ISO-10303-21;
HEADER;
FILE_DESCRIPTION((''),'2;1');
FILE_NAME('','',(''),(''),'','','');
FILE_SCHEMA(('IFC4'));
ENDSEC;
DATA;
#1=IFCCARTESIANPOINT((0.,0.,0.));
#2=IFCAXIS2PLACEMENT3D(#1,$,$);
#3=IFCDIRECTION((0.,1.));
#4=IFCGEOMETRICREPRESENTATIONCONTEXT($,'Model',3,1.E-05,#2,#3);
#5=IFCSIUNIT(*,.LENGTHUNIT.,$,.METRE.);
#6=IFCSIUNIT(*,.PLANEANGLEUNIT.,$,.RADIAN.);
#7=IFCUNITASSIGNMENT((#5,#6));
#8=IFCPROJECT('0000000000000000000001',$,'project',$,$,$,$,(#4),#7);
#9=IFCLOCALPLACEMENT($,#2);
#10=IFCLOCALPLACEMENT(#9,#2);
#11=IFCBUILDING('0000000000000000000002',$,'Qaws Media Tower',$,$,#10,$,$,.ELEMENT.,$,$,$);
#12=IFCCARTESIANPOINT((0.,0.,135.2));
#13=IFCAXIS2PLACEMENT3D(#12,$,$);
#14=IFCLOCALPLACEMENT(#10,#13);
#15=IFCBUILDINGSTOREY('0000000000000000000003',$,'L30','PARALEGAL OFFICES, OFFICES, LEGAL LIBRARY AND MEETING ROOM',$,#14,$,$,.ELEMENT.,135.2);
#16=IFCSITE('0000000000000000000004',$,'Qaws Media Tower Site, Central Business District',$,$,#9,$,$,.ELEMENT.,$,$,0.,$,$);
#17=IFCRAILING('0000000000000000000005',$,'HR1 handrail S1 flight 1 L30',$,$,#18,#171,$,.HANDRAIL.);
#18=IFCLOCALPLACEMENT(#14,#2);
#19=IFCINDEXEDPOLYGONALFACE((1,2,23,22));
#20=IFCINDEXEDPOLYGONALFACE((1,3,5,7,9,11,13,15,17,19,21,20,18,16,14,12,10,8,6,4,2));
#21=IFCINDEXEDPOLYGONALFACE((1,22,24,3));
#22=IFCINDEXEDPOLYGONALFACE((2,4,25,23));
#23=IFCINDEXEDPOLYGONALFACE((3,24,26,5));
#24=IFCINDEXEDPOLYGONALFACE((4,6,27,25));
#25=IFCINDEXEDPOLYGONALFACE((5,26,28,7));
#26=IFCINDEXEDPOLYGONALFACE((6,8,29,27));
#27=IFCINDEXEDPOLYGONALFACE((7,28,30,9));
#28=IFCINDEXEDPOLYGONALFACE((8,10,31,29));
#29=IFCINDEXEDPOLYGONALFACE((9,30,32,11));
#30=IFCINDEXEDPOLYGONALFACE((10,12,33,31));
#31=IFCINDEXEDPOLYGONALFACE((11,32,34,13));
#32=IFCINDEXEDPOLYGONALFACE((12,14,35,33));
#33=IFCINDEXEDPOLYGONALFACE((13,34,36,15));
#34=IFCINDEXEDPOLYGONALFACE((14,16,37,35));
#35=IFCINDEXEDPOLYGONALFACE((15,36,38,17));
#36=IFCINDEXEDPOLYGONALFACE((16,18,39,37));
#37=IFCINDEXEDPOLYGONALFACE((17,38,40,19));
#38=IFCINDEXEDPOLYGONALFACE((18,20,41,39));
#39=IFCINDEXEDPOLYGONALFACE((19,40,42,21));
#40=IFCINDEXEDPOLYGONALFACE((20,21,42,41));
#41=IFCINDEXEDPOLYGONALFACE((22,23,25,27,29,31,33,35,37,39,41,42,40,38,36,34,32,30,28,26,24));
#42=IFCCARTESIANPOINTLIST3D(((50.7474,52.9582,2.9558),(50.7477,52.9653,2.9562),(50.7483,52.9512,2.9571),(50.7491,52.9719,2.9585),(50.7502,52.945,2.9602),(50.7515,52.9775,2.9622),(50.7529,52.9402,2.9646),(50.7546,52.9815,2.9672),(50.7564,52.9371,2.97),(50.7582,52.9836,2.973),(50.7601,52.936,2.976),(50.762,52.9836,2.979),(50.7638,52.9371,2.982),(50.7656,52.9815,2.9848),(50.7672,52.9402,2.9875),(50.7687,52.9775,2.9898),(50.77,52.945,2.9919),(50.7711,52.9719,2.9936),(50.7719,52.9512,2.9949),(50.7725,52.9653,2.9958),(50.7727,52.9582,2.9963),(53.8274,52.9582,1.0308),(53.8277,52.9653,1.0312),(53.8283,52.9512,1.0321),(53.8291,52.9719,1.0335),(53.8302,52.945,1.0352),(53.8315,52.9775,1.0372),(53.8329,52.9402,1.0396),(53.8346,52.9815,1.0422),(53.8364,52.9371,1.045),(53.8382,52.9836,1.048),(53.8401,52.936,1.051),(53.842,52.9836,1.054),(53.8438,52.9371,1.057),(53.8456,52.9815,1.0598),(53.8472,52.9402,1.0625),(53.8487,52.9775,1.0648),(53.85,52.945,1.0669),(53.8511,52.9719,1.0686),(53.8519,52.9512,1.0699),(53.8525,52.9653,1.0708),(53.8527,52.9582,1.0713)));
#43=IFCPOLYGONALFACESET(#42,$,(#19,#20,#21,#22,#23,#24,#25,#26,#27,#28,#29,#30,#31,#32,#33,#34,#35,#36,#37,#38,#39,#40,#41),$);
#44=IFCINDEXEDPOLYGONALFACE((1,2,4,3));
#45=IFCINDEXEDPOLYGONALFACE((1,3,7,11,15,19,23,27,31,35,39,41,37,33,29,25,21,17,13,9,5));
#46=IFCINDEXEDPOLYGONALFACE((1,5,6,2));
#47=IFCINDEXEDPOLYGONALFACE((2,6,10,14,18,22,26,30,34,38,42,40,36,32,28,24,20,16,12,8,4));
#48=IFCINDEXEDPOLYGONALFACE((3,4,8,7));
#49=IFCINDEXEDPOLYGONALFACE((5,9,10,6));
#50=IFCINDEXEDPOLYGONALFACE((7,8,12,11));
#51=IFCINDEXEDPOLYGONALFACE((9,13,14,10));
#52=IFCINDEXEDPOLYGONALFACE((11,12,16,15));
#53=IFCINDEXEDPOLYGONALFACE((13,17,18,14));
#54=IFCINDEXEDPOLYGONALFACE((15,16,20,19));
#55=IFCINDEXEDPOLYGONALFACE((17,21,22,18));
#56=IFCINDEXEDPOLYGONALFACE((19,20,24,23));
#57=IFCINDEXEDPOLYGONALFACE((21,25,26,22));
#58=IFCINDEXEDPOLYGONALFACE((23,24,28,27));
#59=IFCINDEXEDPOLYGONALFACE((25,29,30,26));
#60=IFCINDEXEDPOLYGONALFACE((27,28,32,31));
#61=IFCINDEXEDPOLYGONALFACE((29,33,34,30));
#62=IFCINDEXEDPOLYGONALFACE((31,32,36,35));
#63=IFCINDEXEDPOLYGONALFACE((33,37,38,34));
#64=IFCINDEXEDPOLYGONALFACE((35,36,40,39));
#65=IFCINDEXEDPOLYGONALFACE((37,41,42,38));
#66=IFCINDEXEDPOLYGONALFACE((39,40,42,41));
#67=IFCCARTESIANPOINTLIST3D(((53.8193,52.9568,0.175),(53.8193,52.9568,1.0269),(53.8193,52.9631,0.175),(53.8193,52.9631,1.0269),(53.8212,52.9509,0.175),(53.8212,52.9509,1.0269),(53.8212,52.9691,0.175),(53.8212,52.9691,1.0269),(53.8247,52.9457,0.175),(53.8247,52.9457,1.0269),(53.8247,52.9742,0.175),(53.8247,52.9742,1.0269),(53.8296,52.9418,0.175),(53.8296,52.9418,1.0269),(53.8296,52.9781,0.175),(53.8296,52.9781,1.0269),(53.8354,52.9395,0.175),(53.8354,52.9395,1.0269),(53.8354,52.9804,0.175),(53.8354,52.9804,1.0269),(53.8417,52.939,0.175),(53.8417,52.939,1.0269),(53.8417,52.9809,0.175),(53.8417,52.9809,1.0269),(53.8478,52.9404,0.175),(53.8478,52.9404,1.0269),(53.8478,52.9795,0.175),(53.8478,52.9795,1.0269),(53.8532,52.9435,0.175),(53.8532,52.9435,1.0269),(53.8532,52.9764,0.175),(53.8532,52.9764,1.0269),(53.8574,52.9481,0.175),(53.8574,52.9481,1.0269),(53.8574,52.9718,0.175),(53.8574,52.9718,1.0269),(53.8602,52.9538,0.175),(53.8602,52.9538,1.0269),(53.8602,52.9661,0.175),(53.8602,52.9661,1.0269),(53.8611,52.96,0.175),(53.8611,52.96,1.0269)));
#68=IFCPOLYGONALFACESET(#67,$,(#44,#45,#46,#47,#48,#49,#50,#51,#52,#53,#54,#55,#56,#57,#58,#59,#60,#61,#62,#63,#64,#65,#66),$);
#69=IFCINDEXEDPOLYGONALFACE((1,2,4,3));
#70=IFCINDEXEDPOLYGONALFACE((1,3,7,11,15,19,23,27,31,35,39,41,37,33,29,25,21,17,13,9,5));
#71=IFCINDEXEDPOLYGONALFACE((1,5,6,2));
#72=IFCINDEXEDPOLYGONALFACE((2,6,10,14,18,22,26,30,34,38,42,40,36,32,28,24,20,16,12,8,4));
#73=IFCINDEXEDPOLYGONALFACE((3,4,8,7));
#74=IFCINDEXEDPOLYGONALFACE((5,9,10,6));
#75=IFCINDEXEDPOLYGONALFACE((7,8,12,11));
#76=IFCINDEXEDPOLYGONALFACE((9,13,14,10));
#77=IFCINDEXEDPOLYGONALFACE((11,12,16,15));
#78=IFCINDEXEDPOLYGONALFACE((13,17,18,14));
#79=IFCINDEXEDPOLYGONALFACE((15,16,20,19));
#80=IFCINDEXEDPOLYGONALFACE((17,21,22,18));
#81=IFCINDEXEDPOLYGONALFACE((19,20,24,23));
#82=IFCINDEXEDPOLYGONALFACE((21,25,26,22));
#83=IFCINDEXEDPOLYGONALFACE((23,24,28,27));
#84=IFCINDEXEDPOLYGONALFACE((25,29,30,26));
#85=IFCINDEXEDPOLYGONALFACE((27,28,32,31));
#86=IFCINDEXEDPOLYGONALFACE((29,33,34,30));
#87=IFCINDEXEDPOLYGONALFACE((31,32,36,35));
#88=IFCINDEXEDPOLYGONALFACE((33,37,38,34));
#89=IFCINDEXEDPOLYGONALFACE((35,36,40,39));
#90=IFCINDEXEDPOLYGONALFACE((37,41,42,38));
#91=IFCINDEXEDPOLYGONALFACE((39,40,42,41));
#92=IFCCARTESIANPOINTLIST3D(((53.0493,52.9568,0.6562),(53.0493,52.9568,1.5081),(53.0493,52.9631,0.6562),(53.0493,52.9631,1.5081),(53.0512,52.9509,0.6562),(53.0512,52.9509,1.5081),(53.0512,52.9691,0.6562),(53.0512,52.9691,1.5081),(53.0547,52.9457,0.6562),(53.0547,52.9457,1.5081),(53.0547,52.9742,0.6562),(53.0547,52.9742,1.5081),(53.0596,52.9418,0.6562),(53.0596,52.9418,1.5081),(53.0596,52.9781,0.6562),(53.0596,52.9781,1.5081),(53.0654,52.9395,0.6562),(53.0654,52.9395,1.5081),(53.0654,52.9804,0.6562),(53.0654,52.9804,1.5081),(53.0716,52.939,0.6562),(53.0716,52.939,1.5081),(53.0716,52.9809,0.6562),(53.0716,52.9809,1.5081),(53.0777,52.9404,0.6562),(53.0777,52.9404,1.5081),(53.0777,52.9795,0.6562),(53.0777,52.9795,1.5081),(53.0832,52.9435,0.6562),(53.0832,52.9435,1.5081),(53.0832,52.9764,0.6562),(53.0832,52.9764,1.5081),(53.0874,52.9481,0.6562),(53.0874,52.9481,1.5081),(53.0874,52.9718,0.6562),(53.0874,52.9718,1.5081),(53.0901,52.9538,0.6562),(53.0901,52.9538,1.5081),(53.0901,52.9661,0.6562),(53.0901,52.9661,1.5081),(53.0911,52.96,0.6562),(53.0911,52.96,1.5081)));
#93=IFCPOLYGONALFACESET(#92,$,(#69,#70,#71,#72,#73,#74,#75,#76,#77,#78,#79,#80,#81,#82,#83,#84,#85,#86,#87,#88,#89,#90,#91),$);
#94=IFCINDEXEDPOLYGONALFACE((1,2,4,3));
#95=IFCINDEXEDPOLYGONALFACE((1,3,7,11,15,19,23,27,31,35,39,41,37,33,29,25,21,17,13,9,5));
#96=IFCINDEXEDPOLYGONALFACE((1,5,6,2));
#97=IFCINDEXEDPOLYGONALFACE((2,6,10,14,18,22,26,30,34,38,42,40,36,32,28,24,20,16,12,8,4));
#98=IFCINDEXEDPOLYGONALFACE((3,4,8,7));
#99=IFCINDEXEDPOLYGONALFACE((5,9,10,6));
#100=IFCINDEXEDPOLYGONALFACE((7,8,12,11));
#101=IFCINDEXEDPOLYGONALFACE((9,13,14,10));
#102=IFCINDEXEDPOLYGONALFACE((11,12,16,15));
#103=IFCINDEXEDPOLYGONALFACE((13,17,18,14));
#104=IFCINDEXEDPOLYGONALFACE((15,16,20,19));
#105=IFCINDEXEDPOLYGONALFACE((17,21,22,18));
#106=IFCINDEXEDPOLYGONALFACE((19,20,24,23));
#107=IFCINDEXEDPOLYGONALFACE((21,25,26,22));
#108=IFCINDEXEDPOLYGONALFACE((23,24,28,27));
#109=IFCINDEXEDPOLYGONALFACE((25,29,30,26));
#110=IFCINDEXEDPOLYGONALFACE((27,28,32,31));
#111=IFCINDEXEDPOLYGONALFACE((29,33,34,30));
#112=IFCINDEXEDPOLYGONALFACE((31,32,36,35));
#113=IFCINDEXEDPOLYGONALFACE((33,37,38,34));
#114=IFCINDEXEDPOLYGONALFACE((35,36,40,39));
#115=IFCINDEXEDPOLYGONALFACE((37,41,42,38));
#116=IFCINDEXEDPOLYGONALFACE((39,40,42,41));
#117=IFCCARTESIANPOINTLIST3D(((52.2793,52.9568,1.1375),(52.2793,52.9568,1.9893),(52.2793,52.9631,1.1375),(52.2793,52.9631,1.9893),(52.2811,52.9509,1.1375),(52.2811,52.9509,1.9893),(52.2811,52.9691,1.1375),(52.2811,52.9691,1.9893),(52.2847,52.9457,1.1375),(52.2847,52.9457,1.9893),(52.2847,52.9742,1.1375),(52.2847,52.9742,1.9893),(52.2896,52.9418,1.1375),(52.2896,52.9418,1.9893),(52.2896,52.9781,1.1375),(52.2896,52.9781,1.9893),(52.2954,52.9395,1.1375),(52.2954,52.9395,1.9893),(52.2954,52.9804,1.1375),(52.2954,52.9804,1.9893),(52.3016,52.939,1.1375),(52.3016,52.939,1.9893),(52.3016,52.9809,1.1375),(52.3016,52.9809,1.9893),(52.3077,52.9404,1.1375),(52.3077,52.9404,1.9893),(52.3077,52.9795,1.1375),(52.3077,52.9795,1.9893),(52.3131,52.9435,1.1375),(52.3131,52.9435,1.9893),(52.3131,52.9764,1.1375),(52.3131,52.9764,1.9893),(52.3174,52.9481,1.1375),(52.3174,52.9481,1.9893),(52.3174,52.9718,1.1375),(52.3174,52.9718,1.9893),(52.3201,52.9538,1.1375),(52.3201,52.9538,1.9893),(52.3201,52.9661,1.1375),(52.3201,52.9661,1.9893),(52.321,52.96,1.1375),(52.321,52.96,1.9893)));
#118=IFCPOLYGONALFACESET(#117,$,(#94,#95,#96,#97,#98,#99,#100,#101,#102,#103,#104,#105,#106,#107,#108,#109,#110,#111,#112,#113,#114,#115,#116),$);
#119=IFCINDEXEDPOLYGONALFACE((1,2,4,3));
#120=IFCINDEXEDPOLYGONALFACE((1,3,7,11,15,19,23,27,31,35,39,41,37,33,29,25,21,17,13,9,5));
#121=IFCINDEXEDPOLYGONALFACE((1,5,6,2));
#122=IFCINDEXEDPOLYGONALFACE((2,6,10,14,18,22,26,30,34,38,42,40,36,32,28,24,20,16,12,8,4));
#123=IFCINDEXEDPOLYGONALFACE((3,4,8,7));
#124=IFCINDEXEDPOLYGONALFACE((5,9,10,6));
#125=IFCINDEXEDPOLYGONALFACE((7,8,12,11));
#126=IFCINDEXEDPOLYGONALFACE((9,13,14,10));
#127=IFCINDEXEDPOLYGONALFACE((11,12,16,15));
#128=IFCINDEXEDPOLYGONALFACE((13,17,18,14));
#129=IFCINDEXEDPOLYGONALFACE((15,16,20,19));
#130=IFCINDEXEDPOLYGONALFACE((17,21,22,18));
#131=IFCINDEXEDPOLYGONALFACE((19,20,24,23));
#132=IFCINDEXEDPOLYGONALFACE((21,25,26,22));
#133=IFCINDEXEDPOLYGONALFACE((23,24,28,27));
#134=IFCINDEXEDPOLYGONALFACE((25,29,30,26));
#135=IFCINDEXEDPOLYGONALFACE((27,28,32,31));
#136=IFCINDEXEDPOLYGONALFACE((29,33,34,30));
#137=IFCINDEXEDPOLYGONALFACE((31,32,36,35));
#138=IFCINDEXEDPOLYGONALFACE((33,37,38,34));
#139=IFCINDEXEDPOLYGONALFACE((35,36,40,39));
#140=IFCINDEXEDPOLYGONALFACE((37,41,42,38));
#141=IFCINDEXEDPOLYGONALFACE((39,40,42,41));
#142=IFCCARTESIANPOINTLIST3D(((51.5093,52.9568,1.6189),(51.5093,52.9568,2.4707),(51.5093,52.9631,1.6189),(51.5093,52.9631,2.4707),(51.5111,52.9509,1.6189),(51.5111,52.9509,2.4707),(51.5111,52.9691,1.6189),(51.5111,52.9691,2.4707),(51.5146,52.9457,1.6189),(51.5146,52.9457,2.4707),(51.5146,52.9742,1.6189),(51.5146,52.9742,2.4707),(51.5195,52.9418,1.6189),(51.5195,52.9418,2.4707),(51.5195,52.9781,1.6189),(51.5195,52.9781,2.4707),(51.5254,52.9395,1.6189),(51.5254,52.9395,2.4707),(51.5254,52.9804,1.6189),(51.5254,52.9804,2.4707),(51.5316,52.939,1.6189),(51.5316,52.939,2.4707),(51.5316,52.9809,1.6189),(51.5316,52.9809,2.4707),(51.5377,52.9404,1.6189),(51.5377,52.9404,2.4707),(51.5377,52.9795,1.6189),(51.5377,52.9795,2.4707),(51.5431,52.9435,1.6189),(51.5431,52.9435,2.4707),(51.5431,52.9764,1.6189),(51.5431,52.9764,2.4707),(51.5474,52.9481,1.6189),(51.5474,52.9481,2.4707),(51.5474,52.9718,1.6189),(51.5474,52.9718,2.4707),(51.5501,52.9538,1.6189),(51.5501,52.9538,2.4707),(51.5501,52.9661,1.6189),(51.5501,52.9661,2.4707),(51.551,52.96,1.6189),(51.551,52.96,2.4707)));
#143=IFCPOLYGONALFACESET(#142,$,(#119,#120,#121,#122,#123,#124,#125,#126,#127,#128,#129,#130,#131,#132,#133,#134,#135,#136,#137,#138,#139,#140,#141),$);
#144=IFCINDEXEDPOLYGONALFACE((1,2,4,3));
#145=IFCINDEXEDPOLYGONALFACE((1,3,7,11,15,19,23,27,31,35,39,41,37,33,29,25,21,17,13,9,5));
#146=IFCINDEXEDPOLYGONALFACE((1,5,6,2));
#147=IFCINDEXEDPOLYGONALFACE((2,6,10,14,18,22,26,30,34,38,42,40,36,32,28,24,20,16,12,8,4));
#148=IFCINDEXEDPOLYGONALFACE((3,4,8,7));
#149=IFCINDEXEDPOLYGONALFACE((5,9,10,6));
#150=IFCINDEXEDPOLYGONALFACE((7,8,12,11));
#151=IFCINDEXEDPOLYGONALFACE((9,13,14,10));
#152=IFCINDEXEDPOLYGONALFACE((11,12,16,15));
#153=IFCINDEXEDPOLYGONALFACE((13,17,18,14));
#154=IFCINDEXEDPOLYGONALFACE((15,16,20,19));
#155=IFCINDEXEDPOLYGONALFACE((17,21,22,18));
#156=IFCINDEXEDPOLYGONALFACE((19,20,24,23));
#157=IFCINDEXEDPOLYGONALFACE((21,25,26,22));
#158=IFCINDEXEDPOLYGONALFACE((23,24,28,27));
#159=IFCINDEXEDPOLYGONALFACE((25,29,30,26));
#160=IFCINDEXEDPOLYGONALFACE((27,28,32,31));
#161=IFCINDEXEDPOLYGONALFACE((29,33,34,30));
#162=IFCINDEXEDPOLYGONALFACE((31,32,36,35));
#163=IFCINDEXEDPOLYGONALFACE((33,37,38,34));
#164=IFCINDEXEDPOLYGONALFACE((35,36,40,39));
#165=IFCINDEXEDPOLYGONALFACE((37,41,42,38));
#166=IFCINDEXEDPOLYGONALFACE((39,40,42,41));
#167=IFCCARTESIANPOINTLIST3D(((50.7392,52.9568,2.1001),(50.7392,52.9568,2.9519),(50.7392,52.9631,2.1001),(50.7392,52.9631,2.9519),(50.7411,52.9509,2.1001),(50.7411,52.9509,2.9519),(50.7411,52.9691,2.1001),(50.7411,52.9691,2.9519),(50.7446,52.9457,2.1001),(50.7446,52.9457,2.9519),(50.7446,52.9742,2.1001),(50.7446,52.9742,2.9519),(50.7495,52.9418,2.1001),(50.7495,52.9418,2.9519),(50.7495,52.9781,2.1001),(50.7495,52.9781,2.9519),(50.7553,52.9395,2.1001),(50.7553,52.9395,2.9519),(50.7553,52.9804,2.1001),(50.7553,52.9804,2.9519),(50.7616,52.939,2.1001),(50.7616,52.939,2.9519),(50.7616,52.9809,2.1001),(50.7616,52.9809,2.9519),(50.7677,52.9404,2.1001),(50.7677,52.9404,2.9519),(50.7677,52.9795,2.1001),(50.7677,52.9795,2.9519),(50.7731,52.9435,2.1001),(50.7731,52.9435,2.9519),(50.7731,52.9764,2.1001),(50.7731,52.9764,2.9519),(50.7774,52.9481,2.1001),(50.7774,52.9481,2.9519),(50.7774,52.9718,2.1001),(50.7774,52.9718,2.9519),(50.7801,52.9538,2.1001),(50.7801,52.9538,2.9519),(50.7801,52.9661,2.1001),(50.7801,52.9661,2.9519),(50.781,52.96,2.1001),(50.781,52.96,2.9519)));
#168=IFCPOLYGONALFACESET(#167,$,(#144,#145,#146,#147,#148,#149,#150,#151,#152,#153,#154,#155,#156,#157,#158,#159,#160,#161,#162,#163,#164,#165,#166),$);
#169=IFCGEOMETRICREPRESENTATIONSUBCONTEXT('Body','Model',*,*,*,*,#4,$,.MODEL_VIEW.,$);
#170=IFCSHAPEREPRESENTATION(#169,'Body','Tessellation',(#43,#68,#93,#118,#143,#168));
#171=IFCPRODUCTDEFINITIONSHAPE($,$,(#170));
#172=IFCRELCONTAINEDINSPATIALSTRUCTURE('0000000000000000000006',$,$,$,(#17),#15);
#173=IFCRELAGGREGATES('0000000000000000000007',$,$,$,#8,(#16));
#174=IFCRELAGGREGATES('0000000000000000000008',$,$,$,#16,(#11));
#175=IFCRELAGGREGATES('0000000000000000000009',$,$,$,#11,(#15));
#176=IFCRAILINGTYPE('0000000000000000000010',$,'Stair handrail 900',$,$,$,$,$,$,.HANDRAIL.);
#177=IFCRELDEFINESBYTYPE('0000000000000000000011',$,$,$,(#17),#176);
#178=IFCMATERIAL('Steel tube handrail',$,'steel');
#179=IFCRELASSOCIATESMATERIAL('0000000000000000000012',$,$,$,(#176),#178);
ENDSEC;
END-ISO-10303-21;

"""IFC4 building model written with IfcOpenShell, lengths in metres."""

from ifc_helpers import new_model, si_unit, direction, frame, origin, origin_2d, place, context, subcontext, project, spatial, circle, extrude, material, type_object, element, save


model = new_model("IFC4")

# Units and contexts
model_context = context("Model", 3, precision=1e-05, world=origin(), true_north=direction((0.0, 1.0)))
body_context = subcontext(model_context, "Body", "Model", "MODEL_VIEW")
ifc_project = project(units=[si_unit("LENGTHUNIT", "METRE"), si_unit("PLANEANGLEUNIT", "RADIAN")], contexts=[model_context])

# Site, building, storey
site_placement = place(None, origin())
site = spatial("IfcSite", under=ifc_project, at=site_placement, Name="Qaws Media Tower Site, Central Business District", CompositionType="ELEMENT", RefElevation=0.0)
building_placement = place(site_placement, origin())
building = spatial("IfcBuilding", under=site, at=building_placement, Name="Qaws Media Tower", CompositionType="ELEMENT")
storey_placement = place(building_placement, frame((0.0, 0.0, 135.2)))
storey = spatial("IfcBuildingStorey", under=building, at=storey_placement, Name="L30", Description="PARALEGAL OFFICES, OFFICES, LEGAL LIBRARY AND MEETING ROOM", CompositionType="ELEMENT", Elevation=135.2)

# Railing
ifc_material_1 = material(Name="Steel tube handrail", Category="steel")
railing_type = type_object("IfcRailingType", Name="Stair handrail 900", PredefinedType="HANDRAIL", material=ifc_material_1)
for number, where, name in (
    (1, (53.8401, 52.96, 0.175), "HR1 handrail S1 flight 1 L30"),
):
    element("IfcRailing", number, at=place(storey_placement, frame(where)), inside=storey, type_object=railing_type, Name=name, PredefinedType="HANDRAIL", context=body_context, shape_type="SweptSolid", body=[
        extrude(circle(Radius=0.0239, at=origin_2d()), frame((0.0, 0.0, 0.876), z_axis=(-0.847998, 0.0, 0.529999), x_axis=(0.0, -1.0, 0.0)), (0.0, 0.0, 1.0), 3.6321),
        extrude(circle(Radius=0.021, at=origin_2d()), origin(), (0.0, 0.0, 1.0), 0.8518),
        extrude(circle(Radius=0.021, at=origin_2d()), frame((-0.77, 0.0, 0.4812)), (0.0, 0.0, 1.0), 0.8518),
        extrude(circle(Radius=0.021, at=origin_2d()), frame((-1.54, 0.0, 0.9624)), (0.0, 0.0, 1.0), 0.8518),
        extrude(circle(Radius=0.021, at=origin_2d()), frame((-2.3101, 0.0, 1.4438)), (0.0, 0.0, 1.0), 0.8518),
        extrude(circle(Radius=0.021, at=origin_2d()), frame((-3.0801, 0.0, 1.925)), (0.0, 0.0, 1.0), 0.8518),
    ])

save(model, "model.ifc")
